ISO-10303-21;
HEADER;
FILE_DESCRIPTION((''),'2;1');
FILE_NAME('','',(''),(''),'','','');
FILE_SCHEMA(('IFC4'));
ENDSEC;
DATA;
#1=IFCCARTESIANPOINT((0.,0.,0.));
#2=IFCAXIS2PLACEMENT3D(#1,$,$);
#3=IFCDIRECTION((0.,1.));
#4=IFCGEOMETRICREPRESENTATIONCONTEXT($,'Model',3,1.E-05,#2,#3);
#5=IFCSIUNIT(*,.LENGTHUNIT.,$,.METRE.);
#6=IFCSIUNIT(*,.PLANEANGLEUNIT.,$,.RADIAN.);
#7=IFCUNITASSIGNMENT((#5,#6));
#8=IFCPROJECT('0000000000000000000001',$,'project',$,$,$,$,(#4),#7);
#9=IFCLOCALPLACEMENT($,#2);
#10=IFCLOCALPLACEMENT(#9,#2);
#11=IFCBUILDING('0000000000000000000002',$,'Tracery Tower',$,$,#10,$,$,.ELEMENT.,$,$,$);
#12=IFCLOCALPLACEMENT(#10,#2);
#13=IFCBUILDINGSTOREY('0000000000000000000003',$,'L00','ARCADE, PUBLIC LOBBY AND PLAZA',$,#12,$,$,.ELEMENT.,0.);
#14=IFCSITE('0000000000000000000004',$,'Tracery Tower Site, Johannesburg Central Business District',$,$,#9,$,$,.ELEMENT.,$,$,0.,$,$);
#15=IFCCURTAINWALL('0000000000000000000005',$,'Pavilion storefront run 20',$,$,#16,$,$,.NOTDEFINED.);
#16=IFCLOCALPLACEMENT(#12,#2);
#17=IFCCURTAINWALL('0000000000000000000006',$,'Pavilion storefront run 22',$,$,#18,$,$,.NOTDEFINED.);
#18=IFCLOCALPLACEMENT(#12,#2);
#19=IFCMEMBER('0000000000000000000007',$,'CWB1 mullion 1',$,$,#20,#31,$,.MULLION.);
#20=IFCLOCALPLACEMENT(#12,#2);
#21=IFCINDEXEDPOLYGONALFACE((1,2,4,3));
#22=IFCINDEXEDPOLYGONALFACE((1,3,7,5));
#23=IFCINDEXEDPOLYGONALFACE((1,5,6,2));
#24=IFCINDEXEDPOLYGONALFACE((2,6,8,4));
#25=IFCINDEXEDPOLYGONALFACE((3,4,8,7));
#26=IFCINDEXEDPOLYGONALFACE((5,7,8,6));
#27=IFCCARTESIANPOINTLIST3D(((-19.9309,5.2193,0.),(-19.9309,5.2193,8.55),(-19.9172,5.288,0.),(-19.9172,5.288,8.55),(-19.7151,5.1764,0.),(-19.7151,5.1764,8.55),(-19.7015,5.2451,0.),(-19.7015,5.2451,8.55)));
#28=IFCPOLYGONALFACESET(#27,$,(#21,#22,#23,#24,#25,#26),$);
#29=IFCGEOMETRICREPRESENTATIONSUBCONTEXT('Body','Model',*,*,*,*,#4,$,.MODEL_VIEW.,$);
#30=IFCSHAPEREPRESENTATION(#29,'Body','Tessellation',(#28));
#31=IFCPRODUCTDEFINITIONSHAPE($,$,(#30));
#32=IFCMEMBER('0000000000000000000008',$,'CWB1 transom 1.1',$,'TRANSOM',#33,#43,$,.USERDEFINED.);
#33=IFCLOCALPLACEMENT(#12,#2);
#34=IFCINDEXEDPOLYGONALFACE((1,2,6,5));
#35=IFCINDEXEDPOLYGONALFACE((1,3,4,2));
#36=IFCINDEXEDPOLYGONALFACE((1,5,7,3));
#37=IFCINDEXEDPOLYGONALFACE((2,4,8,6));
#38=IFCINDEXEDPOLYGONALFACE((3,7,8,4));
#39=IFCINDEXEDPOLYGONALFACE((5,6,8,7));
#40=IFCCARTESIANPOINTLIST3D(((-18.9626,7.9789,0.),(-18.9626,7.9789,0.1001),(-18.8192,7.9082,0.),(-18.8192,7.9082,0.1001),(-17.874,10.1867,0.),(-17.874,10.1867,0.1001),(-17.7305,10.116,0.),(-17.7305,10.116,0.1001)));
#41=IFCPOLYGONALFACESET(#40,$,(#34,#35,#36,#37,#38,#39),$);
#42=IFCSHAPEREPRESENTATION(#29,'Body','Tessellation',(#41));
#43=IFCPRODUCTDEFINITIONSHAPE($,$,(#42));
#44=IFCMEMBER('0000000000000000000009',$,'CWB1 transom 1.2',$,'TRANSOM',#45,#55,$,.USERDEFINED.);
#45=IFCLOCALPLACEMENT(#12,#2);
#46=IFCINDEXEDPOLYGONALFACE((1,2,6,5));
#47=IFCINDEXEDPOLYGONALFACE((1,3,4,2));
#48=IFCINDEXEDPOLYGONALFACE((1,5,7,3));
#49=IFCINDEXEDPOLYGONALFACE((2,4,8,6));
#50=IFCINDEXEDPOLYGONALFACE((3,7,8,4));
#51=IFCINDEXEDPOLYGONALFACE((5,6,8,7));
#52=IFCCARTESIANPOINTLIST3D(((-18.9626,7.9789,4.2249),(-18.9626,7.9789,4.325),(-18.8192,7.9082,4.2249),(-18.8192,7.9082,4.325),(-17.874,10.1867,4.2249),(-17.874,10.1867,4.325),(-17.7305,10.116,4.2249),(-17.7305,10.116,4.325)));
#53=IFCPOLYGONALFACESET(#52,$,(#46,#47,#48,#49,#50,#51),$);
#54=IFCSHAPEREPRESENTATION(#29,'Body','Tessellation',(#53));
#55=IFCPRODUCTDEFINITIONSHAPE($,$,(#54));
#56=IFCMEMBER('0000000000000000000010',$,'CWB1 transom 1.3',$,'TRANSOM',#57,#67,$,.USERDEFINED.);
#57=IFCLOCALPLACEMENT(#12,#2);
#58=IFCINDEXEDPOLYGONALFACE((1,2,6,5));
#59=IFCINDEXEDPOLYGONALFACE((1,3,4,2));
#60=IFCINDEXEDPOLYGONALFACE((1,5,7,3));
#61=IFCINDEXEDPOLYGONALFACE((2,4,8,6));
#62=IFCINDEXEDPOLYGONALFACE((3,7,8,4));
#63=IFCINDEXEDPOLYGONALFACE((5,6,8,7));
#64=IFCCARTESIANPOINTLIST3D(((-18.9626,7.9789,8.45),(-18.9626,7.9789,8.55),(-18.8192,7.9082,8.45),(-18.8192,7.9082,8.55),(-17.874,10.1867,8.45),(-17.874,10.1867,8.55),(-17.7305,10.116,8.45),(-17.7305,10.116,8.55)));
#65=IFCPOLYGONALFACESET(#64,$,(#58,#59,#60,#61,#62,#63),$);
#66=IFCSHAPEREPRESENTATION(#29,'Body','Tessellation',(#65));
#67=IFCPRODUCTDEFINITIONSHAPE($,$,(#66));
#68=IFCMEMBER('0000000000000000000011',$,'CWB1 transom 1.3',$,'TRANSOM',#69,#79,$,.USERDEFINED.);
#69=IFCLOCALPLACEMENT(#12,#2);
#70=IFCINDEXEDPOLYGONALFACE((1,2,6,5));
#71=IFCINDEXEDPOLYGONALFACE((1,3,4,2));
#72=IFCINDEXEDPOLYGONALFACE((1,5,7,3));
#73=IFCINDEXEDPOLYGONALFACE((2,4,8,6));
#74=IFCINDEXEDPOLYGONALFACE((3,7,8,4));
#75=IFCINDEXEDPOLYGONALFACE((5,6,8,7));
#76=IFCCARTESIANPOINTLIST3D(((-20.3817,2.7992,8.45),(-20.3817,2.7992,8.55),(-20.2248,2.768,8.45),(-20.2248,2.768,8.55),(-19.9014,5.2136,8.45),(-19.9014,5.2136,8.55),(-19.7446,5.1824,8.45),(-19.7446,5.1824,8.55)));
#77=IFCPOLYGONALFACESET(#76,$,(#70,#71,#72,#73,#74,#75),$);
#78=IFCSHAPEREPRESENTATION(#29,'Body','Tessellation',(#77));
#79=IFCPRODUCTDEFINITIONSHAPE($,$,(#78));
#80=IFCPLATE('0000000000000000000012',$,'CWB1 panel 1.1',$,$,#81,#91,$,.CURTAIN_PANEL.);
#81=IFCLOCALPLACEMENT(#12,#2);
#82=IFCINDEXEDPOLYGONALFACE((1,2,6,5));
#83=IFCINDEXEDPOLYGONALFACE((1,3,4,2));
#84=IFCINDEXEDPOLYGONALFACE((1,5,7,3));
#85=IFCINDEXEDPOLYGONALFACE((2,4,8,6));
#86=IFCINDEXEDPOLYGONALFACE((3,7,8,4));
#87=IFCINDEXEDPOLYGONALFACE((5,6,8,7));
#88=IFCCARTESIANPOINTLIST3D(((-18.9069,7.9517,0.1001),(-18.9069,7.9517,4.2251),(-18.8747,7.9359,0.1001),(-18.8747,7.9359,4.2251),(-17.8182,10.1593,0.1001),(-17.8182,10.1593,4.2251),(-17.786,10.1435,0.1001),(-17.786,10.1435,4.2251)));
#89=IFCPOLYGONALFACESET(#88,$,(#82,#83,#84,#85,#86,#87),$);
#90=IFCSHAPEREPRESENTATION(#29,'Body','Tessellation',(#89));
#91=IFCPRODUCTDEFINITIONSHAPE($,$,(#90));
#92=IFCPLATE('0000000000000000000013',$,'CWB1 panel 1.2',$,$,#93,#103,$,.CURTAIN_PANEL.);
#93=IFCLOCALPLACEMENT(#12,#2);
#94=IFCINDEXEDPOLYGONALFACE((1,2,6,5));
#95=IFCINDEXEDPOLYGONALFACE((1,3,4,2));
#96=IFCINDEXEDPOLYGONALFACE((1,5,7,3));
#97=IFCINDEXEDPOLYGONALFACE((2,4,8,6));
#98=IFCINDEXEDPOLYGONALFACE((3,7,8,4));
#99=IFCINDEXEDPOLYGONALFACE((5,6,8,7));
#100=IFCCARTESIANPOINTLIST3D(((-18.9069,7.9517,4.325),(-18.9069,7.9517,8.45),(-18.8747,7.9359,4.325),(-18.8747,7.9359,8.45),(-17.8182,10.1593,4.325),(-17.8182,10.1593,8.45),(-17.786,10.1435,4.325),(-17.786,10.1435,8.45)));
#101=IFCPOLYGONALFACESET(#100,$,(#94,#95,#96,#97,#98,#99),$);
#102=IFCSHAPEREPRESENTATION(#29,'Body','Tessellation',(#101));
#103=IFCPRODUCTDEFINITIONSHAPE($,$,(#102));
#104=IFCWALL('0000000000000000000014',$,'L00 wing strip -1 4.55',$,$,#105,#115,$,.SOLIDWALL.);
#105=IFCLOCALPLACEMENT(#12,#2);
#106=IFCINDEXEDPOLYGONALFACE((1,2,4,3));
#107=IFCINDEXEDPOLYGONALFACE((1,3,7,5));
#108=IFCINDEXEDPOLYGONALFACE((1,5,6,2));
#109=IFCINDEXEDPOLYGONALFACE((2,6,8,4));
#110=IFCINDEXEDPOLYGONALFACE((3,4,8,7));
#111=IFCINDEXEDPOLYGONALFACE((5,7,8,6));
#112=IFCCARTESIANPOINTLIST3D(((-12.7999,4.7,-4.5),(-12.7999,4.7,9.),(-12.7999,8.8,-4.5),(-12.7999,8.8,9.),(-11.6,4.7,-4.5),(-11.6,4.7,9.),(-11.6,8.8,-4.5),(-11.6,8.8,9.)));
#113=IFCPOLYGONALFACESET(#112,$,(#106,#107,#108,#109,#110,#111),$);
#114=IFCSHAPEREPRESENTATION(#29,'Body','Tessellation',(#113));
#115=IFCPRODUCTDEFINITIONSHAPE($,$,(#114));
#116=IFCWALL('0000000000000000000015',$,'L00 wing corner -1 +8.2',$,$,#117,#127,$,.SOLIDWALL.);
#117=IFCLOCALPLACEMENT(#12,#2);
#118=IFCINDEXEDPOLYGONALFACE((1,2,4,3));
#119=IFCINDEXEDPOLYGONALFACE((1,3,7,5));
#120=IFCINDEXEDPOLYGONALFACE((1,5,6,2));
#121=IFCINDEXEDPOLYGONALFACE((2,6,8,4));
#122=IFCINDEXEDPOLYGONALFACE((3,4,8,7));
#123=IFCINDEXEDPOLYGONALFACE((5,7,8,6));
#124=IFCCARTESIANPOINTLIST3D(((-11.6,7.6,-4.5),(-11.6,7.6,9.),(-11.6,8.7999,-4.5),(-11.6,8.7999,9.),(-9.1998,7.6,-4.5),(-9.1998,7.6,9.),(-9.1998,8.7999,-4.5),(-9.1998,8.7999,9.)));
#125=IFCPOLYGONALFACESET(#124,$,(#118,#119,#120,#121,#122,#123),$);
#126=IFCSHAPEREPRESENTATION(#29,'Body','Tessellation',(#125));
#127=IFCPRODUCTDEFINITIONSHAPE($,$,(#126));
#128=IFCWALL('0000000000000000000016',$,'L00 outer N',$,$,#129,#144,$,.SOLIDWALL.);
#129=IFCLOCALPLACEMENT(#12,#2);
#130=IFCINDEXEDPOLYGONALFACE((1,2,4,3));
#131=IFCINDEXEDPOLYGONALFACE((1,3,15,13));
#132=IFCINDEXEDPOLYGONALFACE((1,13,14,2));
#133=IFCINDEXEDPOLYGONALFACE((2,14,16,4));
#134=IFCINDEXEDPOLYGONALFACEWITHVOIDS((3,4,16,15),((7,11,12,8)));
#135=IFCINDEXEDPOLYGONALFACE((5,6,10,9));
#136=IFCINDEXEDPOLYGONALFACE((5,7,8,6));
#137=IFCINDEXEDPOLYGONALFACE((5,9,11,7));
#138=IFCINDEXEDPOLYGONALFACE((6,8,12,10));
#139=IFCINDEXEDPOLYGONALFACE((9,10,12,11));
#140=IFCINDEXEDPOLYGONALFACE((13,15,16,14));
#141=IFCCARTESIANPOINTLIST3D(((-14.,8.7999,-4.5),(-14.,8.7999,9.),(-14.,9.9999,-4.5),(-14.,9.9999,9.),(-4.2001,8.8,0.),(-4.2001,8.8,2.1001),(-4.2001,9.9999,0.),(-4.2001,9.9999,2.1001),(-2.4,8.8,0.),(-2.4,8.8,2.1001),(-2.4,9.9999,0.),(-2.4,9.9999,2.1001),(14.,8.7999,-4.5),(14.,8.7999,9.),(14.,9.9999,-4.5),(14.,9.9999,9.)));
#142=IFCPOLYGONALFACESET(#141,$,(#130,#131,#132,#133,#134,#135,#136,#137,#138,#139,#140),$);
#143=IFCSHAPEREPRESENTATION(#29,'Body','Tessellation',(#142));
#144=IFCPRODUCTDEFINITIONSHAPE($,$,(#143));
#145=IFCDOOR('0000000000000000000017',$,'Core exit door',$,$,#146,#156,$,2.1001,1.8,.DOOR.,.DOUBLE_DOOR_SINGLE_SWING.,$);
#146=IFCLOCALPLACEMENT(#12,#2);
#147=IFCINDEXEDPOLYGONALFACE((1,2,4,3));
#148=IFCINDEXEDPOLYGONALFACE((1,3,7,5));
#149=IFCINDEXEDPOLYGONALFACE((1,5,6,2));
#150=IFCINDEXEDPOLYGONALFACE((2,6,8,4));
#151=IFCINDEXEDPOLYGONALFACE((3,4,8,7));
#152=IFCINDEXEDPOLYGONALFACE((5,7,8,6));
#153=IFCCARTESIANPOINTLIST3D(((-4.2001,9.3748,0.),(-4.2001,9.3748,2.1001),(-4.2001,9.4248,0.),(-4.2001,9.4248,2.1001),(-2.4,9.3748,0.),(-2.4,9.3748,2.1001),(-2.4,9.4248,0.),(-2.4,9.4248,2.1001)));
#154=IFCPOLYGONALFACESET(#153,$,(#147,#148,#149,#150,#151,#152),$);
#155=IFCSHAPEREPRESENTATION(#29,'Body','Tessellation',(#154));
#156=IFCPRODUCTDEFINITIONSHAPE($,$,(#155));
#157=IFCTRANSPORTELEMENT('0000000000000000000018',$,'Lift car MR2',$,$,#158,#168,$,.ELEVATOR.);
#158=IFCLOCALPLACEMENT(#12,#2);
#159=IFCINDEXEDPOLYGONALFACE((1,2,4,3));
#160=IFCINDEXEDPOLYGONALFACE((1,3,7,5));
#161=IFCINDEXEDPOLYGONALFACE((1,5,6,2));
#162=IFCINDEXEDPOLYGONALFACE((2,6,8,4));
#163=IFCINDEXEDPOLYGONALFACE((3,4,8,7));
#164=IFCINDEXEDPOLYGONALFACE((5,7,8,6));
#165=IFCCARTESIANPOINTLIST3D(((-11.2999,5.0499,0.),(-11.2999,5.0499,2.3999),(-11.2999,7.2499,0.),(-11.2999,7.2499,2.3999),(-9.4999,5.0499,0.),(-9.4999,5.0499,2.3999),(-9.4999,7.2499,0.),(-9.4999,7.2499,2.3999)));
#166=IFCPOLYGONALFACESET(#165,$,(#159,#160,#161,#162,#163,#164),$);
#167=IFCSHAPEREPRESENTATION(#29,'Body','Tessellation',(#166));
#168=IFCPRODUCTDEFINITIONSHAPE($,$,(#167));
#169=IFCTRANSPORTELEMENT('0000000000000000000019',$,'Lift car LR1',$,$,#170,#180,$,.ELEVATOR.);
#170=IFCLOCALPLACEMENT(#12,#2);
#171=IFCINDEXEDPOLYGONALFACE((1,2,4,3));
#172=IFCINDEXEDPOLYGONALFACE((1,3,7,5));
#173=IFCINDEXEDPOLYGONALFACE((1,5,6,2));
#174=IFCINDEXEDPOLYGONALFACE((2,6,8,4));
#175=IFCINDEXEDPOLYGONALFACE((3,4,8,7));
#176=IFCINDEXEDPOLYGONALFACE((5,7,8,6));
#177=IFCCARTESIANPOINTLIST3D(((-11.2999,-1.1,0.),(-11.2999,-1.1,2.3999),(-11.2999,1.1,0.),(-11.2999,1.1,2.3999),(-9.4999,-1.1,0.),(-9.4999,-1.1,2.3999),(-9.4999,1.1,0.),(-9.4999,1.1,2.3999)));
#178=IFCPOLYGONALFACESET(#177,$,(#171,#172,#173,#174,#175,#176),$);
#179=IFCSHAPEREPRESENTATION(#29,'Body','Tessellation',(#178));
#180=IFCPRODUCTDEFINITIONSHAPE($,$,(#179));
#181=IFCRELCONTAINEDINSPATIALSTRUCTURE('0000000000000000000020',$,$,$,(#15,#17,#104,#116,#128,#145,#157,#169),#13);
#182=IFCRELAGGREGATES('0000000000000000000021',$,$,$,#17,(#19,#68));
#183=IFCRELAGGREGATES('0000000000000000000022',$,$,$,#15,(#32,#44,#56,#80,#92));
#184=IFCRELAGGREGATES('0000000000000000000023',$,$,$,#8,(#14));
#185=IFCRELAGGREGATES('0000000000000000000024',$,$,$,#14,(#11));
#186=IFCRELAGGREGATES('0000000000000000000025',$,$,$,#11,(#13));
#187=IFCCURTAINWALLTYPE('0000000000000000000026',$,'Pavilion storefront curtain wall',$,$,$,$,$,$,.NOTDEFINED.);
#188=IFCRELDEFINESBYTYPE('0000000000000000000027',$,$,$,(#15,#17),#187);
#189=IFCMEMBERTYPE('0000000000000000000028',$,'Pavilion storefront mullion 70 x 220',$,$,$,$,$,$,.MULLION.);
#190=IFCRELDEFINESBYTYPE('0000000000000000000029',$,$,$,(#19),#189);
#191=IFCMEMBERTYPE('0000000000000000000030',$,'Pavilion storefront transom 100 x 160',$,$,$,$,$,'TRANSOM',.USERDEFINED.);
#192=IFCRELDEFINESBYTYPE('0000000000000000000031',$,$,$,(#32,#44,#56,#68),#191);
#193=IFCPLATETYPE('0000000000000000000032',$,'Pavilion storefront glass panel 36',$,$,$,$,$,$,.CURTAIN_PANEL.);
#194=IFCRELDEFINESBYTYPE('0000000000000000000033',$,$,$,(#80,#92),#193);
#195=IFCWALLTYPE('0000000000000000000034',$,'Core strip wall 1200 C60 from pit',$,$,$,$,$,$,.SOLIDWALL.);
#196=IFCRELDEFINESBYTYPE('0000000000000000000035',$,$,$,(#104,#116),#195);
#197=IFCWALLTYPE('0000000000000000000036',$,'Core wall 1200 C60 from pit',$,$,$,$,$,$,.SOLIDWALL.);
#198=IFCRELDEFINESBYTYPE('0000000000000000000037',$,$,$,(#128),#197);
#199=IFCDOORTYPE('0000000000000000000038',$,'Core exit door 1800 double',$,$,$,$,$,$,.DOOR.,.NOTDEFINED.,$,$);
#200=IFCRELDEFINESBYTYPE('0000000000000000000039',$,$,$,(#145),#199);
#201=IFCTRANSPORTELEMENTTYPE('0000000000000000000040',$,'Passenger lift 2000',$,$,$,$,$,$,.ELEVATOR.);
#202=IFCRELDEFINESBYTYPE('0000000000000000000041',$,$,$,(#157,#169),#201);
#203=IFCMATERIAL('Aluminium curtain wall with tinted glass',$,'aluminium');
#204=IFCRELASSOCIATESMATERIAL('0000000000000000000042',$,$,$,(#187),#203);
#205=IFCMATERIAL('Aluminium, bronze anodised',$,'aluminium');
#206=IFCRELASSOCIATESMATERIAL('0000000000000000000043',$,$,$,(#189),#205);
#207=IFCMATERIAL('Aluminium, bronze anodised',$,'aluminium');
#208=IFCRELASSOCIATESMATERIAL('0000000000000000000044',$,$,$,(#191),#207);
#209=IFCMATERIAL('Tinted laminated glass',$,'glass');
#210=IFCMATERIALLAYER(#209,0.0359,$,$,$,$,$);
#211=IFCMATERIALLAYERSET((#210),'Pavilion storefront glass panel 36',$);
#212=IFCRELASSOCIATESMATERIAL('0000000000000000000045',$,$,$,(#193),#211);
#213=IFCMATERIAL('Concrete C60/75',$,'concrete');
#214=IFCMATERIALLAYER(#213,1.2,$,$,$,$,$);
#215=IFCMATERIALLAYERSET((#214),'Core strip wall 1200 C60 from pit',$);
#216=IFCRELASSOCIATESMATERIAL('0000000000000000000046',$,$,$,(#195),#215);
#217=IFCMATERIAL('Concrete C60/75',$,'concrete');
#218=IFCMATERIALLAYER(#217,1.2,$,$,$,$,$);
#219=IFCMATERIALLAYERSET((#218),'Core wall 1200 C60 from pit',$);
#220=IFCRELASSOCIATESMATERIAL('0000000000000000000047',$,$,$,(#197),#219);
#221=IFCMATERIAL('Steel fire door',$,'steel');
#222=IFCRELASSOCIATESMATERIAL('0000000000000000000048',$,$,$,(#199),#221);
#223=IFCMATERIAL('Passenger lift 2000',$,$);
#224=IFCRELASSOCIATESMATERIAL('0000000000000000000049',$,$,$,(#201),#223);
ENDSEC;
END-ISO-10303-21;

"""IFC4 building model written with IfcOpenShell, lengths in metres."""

from ifc_helpers import new_model, si_unit, direction, frame, frame_2d, origin, origin_2d, place, context, subcontext, project, spatial, rectangle, extrude, material, layer, layer_set, material_profile, profile_set, type_object, element, fill, aggregate, save


model = new_model("IFC4")

# Units and contexts
model_context = context("Model", 3, precision=1e-05, world=origin(), true_north=direction((0.0, 1.0)))
body_context = subcontext(model_context, "Body", "Model", "MODEL_VIEW")
ifc_project = project(units=[si_unit("LENGTHUNIT", "METRE"), si_unit("PLANEANGLEUNIT", "RADIAN")], contexts=[model_context])

# Site, building, storey
site_placement = place(None, origin())
site = spatial("IfcSite", under=ifc_project, at=site_placement, Name="Tracery Tower Site, Johannesburg Central Business District", CompositionType="ELEMENT", RefElevation=0.0)
building_placement = place(site_placement, origin())
building = spatial("IfcBuilding", under=site, at=building_placement, Name="Tracery Tower", CompositionType="ELEMENT")
storey_placement = place(building_placement, origin())
storey = spatial("IfcBuildingStorey", under=building, at=storey_placement, Name="L00", Description="ARCADE, PUBLIC LOBBY AND PLAZA", CompositionType="ELEMENT", Elevation=0.0)

# Curtain wall
ifc_material_1 = material(Name="Aluminium curtain wall with tinted glass", Category="aluminium")
curtain_wall_type = type_object("IfcCurtainWallType", Name="Pavilion storefront curtain wall", PredefinedType="NOTDEFINED", material=ifc_material_1)
curtain_wall_1_placement = place(storey_placement, origin())
curtain_wall_1 = element("IfcCurtainWall", 1, at=curtain_wall_1_placement, inside=storey, type_object=curtain_wall_type, Name="Pavilion storefront run 20", PredefinedType="NOTDEFINED")
ifc_material_2 = material(Name="Aluminium, bronze anodised", Category="aluminium")
ifc_material_profile_1 = material_profile(ifc_material_2, rectangle(XDim=0.22, YDim=0.0701, at=origin_2d()), Name="Pavilion storefront mullion 70 x 220")
ifc_profile_set_1 = profile_set([ifc_material_profile_1], Name="Aluminium, bronze anodised")
member_type_1 = type_object("IfcMemberType", Name="Pavilion storefront mullion 70 x 220", PredefinedType="MULLION", material=ifc_profile_set_1)

# Curtain wall, member
curtain_wall_2_placement = place(storey_placement, origin())
curtain_wall_2 = element("IfcCurtainWall", 2, at=curtain_wall_2_placement, inside=storey, type_object=curtain_wall_type, Name="Pavilion storefront run 22", PredefinedType="NOTDEFINED")
member_1_placement = place(storey_placement, frame((-19.8162, 5.2322, 0.0), z_axis=(0.0, 0.0, 1.0), x_axis=(0.980789, -0.195074, 0.0)))
member_1 = element("IfcMember", 3, at=member_1_placement, type_object=member_type_1, Name="CWB1 mullion 1", PredefinedType="MULLION", context=body_context, shape_type="SweptSolid", body=[
    extrude(rectangle(XDim=0.22, YDim=0.0701, at=origin_2d()), origin(), (0.0, 0.0, 1.0), 8.55),
])

# Members
ifc_material_3 = material(Name="Aluminium, bronze anodised", Category="aluminium")
ifc_material_profile_2 = material_profile(ifc_material_3, rectangle(XDim=0.1599, YDim=0.1001, at=origin_2d()), Name="Pavilion storefront transom 100 x 160")
ifc_profile_set_2 = profile_set([ifc_material_profile_2], Name="Aluminium, bronze anodised")
member_type_2 = type_object("IfcMemberType", Name="Pavilion storefront transom 100 x 160", ElementType="TRANSOM", PredefinedType="USERDEFINED", material=ifc_profile_set_2)
member_2_placement = place(storey_placement, frame((-17.8022, 10.1514, 0.05), z_axis=(-0.442248, -0.896893, 0.0), x_axis=(0.896893, -0.442248, 0.0)))
member_2 = element("IfcMember", 4, at=member_2_placement, type_object=member_type_2, Name="CWB1 transom 1.1", ObjectType="TRANSOM", PredefinedType="USERDEFINED", context=body_context, shape_type="SweptSolid", body=[
    extrude(rectangle(XDim=0.1599, YDim=0.1001, at=origin_2d()), origin(), (0.0, 0.0, 1.0), 2.4617),
])
member_3_placement = place(storey_placement, frame((-17.8022, 10.1514, 4.2749), z_axis=(-0.442248, -0.896893, 0.0), x_axis=(0.896893, -0.442248, 0.0)))
member_3 = element("IfcMember", 5, at=member_3_placement, type_object=member_type_2, Name="CWB1 transom 1.2", ObjectType="TRANSOM", PredefinedType="USERDEFINED", context=body_context, shape_type="SweptSolid", body=[
    extrude(rectangle(XDim=0.1599, YDim=0.1001, at=origin_2d()), origin(), (0.0, 0.0, 1.0), 2.4617),
])
member_4_placement = place(storey_placement, frame((-17.8022, 10.1514, 8.5), z_axis=(-0.442248, -0.896893, 0.0), x_axis=(0.896893, -0.442248, 0.0)))
member_4 = element("IfcMember", 6, at=member_4_placement, type_object=member_type_2, Name="CWB1 transom 1.3", ObjectType="TRANSOM", PredefinedType="USERDEFINED", context=body_context, shape_type="SweptSolid", body=[
    extrude(rectangle(XDim=0.1599, YDim=0.1001, at=origin_2d()), origin(), (0.0, 0.0, 1.0), 2.4617),
])
member_5_placement = place(storey_placement, frame((-19.823, 5.198, 8.5), z_axis=(-0.195086, -0.980786, 0.0), x_axis=(0.980786, -0.195086, 0.0)))
member_5 = element("IfcMember", 7, at=member_5_placement, type_object=member_type_2, Name="CWB1 transom 1.3", ObjectType="TRANSOM", PredefinedType="USERDEFINED", context=body_context, shape_type="SweptSolid", body=[
    extrude(rectangle(XDim=0.1599, YDim=0.1001, at=origin_2d()), origin(), (0.0, 0.0, 1.0), 2.4617),
])
aggregate(curtain_wall_2, [member_1, member_5])

# Plates
ifc_material_4 = material(Name="Tinted laminated glass", Category="glass")
ifc_layer_1 = layer(ifc_material_4, 0.0359)
ifc_layer_set_1 = layer_set([ifc_layer_1], Name="Pavilion storefront glass panel 36")
plate_type = type_object("IfcPlateType", Name="Pavilion storefront glass panel 36", PredefinedType="CURTAIN_PANEL", material=ifc_layer_set_1)
plate_1_placement = place(storey_placement, frame((-18.3464, 9.0476, 0.1001), z_axis=(0.0, 0.0, 1.0), x_axis=(-0.442287, -0.896874, 0.0)))
plate_1 = element("IfcPlate", 8, at=plate_1_placement, type_object=plate_type, Name="CWB1 panel 1.1", PredefinedType="CURTAIN_PANEL", context=body_context, shape_type="SweptSolid", body=[
    extrude(rectangle(XDim=2.4614, YDim=0.0359, at=origin_2d()), origin(), (0.0, 0.0, 1.0), 4.125),
])
plate_2_placement = place(storey_placement, frame((-18.3464, 9.0476, 4.325), z_axis=(0.0, 0.0, 1.0), x_axis=(-0.442287, -0.896874, 0.0)))
plate_2 = element("IfcPlate", 9, at=plate_2_placement, type_object=plate_type, Name="CWB1 panel 1.2", PredefinedType="CURTAIN_PANEL", context=body_context, shape_type="SweptSolid", body=[
    extrude(rectangle(XDim=2.4614, YDim=0.0359, at=origin_2d()), origin(), (0.0, 0.0, 1.0), 4.125),
])
aggregate(curtain_wall_1, [member_2, member_3, member_4, plate_1, plate_2])

# Walls
ifc_material_5 = material(Name="Concrete C60/75", Category="concrete")
ifc_layer_2 = layer(ifc_material_5, 1.2)
ifc_layer_set_2 = layer_set([ifc_layer_2], Name="Core strip wall 1200 C60 from pit")
wall_type_1 = type_object("IfcWallType", Name="Core strip wall 1200 C60 from pit", PredefinedType="SOLIDWALL", material=ifc_layer_set_2)
wall_1_placement = place(storey_placement, frame((-12.2, 4.7, -4.5), z_axis=(0.0, 0.0, 1.0), x_axis=(0.0, 1.0, 0.0)))
element("IfcWall", 10, at=wall_1_placement, inside=storey, type_object=wall_type_1, Name="L00 wing strip -1 4.55", PredefinedType="SOLIDWALL", context=body_context, shape_type="SweptSolid", body=[
    extrude(rectangle(XDim=4.1001, YDim=1.2, at=frame_2d((2.05, 0.0))), origin(), (0.0, 0.0, 1.0), 13.5),
])
wall_2_placement = place(storey_placement, frame((-11.6001, 8.2, -4.5), z_axis=(0.0, 0.0, 1.0), x_axis=(1.0, 0.0, 0.0)))
element("IfcWall", 11, at=wall_2_placement, inside=storey, type_object=wall_type_1, Name="L00 wing corner -1 +8.2", PredefinedType="SOLIDWALL", context=body_context, shape_type="SweptSolid", body=[
    extrude(rectangle(XDim=2.4001, YDim=1.2, at=frame_2d((1.2002, 0.0))), origin(), (0.0, 0.0, 1.0), 13.5),
])

# Wall, opening, door
ifc_material_6 = material(Name="Concrete C60/75", Category="concrete")
ifc_layer_3 = layer(ifc_material_6, 1.2)
ifc_layer_set_3 = layer_set([ifc_layer_3], Name="Core wall 1200 C60 from pit")
wall_type_2 = type_object("IfcWallType", Name="Core wall 1200 C60 from pit", PredefinedType="SOLIDWALL", material=ifc_layer_set_3)
wall_3_placement = place(storey_placement, frame((-14.0, 9.3999, -4.5), z_axis=(0.0, 0.0, 1.0), x_axis=(1.0, 0.0, 0.0)))
wall_3 = element("IfcWall", 12, at=wall_3_placement, inside=storey, type_object=wall_type_2, Name="L00 outer N", PredefinedType="SOLIDWALL", context=body_context, shape_type="SweptSolid", body=[
    extrude(rectangle(XDim=28.0, YDim=1.2, at=frame_2d((14.0, 0.0))), origin(), (0.0, 0.0, 1.0), 13.5),
])
opening_1_placement = place(wall_3_placement, frame((9.8, 0.0, 4.5)))
opening_1 = element("IfcOpeningElement", 13, at=opening_1_placement, cuts=wall_3, PredefinedType="OPENING", context=body_context, shape_type="SweptSolid", body=[
    extrude(rectangle(XDim=1.8, YDim=2.1001, at=frame_2d((0.8999, 1.05))), frame((0.0, 0.6001, 0.0), z_axis=(0.0, -1.0, 0.0), x_axis=(1.0, 0.0, 0.0)), (0.0, 0.0, 1.0), 1.2),
])
ifc_material_7 = material(Name="Steel fire door", Category="steel")
door_type_1 = type_object("IfcDoorType", Name="Core exit door 1800 double", OperationType="NOTDEFINED", PredefinedType="DOOR", material=ifc_material_7)
door_1_placement = place(opening_1_placement, origin())
door_1 = element("IfcDoor", 14, at=door_1_placement, inside=storey, type_object=door_type_1, Name="Core exit door", OperationType="DOUBLE_DOOR_SINGLE_SWING", OverallHeight=2.1001, OverallWidth=1.8, PredefinedType="DOOR", context=body_context, shape_type="SweptSolid", body=[
    extrude(rectangle(XDim=1.8, YDim=2.1001, at=frame_2d((0.8999, 1.05))), frame((0.0, 0.0249, 0.0), z_axis=(0.0, -1.0, 0.0), x_axis=(1.0, 0.0, 0.0)), (0.0, 0.0, 1.0), 0.05),
])
fill(opening_1, door_1)

# Transport elements
ifc_material_8 = material(Name="Passenger lift 2000")
transport_element_type = type_object("IfcTransportElementType", Name="Passenger lift 2000", PredefinedType="ELEVATOR", material=ifc_material_8)
for number, where, z_axis, x_axis, name in (
    (15, (-10.3999, 6.1499, 0.0), (0.0, 0.0, 1.0), (1.0, 0.0, 0.0), "Lift car MR2"),
    (16, (-10.3999, 0.0, 0.0), (0.0, 0.0, 1.0), (1.0, 0.0, 0.0), "Lift car LR1"),
):
    element("IfcTransportElement", number, at=place(storey_placement, frame(where, z_axis=z_axis, x_axis=x_axis)), inside=storey, type_object=transport_element_type, Name=name, PredefinedType="ELEVATOR", context=body_context, shape_type="SweptSolid", body=[
        extrude(rectangle(XDim=1.8, YDim=2.2, at=origin_2d()), origin(), (0.0, 0.0, 1.0), 2.3999),
    ])

save(model, "model.ifc")
